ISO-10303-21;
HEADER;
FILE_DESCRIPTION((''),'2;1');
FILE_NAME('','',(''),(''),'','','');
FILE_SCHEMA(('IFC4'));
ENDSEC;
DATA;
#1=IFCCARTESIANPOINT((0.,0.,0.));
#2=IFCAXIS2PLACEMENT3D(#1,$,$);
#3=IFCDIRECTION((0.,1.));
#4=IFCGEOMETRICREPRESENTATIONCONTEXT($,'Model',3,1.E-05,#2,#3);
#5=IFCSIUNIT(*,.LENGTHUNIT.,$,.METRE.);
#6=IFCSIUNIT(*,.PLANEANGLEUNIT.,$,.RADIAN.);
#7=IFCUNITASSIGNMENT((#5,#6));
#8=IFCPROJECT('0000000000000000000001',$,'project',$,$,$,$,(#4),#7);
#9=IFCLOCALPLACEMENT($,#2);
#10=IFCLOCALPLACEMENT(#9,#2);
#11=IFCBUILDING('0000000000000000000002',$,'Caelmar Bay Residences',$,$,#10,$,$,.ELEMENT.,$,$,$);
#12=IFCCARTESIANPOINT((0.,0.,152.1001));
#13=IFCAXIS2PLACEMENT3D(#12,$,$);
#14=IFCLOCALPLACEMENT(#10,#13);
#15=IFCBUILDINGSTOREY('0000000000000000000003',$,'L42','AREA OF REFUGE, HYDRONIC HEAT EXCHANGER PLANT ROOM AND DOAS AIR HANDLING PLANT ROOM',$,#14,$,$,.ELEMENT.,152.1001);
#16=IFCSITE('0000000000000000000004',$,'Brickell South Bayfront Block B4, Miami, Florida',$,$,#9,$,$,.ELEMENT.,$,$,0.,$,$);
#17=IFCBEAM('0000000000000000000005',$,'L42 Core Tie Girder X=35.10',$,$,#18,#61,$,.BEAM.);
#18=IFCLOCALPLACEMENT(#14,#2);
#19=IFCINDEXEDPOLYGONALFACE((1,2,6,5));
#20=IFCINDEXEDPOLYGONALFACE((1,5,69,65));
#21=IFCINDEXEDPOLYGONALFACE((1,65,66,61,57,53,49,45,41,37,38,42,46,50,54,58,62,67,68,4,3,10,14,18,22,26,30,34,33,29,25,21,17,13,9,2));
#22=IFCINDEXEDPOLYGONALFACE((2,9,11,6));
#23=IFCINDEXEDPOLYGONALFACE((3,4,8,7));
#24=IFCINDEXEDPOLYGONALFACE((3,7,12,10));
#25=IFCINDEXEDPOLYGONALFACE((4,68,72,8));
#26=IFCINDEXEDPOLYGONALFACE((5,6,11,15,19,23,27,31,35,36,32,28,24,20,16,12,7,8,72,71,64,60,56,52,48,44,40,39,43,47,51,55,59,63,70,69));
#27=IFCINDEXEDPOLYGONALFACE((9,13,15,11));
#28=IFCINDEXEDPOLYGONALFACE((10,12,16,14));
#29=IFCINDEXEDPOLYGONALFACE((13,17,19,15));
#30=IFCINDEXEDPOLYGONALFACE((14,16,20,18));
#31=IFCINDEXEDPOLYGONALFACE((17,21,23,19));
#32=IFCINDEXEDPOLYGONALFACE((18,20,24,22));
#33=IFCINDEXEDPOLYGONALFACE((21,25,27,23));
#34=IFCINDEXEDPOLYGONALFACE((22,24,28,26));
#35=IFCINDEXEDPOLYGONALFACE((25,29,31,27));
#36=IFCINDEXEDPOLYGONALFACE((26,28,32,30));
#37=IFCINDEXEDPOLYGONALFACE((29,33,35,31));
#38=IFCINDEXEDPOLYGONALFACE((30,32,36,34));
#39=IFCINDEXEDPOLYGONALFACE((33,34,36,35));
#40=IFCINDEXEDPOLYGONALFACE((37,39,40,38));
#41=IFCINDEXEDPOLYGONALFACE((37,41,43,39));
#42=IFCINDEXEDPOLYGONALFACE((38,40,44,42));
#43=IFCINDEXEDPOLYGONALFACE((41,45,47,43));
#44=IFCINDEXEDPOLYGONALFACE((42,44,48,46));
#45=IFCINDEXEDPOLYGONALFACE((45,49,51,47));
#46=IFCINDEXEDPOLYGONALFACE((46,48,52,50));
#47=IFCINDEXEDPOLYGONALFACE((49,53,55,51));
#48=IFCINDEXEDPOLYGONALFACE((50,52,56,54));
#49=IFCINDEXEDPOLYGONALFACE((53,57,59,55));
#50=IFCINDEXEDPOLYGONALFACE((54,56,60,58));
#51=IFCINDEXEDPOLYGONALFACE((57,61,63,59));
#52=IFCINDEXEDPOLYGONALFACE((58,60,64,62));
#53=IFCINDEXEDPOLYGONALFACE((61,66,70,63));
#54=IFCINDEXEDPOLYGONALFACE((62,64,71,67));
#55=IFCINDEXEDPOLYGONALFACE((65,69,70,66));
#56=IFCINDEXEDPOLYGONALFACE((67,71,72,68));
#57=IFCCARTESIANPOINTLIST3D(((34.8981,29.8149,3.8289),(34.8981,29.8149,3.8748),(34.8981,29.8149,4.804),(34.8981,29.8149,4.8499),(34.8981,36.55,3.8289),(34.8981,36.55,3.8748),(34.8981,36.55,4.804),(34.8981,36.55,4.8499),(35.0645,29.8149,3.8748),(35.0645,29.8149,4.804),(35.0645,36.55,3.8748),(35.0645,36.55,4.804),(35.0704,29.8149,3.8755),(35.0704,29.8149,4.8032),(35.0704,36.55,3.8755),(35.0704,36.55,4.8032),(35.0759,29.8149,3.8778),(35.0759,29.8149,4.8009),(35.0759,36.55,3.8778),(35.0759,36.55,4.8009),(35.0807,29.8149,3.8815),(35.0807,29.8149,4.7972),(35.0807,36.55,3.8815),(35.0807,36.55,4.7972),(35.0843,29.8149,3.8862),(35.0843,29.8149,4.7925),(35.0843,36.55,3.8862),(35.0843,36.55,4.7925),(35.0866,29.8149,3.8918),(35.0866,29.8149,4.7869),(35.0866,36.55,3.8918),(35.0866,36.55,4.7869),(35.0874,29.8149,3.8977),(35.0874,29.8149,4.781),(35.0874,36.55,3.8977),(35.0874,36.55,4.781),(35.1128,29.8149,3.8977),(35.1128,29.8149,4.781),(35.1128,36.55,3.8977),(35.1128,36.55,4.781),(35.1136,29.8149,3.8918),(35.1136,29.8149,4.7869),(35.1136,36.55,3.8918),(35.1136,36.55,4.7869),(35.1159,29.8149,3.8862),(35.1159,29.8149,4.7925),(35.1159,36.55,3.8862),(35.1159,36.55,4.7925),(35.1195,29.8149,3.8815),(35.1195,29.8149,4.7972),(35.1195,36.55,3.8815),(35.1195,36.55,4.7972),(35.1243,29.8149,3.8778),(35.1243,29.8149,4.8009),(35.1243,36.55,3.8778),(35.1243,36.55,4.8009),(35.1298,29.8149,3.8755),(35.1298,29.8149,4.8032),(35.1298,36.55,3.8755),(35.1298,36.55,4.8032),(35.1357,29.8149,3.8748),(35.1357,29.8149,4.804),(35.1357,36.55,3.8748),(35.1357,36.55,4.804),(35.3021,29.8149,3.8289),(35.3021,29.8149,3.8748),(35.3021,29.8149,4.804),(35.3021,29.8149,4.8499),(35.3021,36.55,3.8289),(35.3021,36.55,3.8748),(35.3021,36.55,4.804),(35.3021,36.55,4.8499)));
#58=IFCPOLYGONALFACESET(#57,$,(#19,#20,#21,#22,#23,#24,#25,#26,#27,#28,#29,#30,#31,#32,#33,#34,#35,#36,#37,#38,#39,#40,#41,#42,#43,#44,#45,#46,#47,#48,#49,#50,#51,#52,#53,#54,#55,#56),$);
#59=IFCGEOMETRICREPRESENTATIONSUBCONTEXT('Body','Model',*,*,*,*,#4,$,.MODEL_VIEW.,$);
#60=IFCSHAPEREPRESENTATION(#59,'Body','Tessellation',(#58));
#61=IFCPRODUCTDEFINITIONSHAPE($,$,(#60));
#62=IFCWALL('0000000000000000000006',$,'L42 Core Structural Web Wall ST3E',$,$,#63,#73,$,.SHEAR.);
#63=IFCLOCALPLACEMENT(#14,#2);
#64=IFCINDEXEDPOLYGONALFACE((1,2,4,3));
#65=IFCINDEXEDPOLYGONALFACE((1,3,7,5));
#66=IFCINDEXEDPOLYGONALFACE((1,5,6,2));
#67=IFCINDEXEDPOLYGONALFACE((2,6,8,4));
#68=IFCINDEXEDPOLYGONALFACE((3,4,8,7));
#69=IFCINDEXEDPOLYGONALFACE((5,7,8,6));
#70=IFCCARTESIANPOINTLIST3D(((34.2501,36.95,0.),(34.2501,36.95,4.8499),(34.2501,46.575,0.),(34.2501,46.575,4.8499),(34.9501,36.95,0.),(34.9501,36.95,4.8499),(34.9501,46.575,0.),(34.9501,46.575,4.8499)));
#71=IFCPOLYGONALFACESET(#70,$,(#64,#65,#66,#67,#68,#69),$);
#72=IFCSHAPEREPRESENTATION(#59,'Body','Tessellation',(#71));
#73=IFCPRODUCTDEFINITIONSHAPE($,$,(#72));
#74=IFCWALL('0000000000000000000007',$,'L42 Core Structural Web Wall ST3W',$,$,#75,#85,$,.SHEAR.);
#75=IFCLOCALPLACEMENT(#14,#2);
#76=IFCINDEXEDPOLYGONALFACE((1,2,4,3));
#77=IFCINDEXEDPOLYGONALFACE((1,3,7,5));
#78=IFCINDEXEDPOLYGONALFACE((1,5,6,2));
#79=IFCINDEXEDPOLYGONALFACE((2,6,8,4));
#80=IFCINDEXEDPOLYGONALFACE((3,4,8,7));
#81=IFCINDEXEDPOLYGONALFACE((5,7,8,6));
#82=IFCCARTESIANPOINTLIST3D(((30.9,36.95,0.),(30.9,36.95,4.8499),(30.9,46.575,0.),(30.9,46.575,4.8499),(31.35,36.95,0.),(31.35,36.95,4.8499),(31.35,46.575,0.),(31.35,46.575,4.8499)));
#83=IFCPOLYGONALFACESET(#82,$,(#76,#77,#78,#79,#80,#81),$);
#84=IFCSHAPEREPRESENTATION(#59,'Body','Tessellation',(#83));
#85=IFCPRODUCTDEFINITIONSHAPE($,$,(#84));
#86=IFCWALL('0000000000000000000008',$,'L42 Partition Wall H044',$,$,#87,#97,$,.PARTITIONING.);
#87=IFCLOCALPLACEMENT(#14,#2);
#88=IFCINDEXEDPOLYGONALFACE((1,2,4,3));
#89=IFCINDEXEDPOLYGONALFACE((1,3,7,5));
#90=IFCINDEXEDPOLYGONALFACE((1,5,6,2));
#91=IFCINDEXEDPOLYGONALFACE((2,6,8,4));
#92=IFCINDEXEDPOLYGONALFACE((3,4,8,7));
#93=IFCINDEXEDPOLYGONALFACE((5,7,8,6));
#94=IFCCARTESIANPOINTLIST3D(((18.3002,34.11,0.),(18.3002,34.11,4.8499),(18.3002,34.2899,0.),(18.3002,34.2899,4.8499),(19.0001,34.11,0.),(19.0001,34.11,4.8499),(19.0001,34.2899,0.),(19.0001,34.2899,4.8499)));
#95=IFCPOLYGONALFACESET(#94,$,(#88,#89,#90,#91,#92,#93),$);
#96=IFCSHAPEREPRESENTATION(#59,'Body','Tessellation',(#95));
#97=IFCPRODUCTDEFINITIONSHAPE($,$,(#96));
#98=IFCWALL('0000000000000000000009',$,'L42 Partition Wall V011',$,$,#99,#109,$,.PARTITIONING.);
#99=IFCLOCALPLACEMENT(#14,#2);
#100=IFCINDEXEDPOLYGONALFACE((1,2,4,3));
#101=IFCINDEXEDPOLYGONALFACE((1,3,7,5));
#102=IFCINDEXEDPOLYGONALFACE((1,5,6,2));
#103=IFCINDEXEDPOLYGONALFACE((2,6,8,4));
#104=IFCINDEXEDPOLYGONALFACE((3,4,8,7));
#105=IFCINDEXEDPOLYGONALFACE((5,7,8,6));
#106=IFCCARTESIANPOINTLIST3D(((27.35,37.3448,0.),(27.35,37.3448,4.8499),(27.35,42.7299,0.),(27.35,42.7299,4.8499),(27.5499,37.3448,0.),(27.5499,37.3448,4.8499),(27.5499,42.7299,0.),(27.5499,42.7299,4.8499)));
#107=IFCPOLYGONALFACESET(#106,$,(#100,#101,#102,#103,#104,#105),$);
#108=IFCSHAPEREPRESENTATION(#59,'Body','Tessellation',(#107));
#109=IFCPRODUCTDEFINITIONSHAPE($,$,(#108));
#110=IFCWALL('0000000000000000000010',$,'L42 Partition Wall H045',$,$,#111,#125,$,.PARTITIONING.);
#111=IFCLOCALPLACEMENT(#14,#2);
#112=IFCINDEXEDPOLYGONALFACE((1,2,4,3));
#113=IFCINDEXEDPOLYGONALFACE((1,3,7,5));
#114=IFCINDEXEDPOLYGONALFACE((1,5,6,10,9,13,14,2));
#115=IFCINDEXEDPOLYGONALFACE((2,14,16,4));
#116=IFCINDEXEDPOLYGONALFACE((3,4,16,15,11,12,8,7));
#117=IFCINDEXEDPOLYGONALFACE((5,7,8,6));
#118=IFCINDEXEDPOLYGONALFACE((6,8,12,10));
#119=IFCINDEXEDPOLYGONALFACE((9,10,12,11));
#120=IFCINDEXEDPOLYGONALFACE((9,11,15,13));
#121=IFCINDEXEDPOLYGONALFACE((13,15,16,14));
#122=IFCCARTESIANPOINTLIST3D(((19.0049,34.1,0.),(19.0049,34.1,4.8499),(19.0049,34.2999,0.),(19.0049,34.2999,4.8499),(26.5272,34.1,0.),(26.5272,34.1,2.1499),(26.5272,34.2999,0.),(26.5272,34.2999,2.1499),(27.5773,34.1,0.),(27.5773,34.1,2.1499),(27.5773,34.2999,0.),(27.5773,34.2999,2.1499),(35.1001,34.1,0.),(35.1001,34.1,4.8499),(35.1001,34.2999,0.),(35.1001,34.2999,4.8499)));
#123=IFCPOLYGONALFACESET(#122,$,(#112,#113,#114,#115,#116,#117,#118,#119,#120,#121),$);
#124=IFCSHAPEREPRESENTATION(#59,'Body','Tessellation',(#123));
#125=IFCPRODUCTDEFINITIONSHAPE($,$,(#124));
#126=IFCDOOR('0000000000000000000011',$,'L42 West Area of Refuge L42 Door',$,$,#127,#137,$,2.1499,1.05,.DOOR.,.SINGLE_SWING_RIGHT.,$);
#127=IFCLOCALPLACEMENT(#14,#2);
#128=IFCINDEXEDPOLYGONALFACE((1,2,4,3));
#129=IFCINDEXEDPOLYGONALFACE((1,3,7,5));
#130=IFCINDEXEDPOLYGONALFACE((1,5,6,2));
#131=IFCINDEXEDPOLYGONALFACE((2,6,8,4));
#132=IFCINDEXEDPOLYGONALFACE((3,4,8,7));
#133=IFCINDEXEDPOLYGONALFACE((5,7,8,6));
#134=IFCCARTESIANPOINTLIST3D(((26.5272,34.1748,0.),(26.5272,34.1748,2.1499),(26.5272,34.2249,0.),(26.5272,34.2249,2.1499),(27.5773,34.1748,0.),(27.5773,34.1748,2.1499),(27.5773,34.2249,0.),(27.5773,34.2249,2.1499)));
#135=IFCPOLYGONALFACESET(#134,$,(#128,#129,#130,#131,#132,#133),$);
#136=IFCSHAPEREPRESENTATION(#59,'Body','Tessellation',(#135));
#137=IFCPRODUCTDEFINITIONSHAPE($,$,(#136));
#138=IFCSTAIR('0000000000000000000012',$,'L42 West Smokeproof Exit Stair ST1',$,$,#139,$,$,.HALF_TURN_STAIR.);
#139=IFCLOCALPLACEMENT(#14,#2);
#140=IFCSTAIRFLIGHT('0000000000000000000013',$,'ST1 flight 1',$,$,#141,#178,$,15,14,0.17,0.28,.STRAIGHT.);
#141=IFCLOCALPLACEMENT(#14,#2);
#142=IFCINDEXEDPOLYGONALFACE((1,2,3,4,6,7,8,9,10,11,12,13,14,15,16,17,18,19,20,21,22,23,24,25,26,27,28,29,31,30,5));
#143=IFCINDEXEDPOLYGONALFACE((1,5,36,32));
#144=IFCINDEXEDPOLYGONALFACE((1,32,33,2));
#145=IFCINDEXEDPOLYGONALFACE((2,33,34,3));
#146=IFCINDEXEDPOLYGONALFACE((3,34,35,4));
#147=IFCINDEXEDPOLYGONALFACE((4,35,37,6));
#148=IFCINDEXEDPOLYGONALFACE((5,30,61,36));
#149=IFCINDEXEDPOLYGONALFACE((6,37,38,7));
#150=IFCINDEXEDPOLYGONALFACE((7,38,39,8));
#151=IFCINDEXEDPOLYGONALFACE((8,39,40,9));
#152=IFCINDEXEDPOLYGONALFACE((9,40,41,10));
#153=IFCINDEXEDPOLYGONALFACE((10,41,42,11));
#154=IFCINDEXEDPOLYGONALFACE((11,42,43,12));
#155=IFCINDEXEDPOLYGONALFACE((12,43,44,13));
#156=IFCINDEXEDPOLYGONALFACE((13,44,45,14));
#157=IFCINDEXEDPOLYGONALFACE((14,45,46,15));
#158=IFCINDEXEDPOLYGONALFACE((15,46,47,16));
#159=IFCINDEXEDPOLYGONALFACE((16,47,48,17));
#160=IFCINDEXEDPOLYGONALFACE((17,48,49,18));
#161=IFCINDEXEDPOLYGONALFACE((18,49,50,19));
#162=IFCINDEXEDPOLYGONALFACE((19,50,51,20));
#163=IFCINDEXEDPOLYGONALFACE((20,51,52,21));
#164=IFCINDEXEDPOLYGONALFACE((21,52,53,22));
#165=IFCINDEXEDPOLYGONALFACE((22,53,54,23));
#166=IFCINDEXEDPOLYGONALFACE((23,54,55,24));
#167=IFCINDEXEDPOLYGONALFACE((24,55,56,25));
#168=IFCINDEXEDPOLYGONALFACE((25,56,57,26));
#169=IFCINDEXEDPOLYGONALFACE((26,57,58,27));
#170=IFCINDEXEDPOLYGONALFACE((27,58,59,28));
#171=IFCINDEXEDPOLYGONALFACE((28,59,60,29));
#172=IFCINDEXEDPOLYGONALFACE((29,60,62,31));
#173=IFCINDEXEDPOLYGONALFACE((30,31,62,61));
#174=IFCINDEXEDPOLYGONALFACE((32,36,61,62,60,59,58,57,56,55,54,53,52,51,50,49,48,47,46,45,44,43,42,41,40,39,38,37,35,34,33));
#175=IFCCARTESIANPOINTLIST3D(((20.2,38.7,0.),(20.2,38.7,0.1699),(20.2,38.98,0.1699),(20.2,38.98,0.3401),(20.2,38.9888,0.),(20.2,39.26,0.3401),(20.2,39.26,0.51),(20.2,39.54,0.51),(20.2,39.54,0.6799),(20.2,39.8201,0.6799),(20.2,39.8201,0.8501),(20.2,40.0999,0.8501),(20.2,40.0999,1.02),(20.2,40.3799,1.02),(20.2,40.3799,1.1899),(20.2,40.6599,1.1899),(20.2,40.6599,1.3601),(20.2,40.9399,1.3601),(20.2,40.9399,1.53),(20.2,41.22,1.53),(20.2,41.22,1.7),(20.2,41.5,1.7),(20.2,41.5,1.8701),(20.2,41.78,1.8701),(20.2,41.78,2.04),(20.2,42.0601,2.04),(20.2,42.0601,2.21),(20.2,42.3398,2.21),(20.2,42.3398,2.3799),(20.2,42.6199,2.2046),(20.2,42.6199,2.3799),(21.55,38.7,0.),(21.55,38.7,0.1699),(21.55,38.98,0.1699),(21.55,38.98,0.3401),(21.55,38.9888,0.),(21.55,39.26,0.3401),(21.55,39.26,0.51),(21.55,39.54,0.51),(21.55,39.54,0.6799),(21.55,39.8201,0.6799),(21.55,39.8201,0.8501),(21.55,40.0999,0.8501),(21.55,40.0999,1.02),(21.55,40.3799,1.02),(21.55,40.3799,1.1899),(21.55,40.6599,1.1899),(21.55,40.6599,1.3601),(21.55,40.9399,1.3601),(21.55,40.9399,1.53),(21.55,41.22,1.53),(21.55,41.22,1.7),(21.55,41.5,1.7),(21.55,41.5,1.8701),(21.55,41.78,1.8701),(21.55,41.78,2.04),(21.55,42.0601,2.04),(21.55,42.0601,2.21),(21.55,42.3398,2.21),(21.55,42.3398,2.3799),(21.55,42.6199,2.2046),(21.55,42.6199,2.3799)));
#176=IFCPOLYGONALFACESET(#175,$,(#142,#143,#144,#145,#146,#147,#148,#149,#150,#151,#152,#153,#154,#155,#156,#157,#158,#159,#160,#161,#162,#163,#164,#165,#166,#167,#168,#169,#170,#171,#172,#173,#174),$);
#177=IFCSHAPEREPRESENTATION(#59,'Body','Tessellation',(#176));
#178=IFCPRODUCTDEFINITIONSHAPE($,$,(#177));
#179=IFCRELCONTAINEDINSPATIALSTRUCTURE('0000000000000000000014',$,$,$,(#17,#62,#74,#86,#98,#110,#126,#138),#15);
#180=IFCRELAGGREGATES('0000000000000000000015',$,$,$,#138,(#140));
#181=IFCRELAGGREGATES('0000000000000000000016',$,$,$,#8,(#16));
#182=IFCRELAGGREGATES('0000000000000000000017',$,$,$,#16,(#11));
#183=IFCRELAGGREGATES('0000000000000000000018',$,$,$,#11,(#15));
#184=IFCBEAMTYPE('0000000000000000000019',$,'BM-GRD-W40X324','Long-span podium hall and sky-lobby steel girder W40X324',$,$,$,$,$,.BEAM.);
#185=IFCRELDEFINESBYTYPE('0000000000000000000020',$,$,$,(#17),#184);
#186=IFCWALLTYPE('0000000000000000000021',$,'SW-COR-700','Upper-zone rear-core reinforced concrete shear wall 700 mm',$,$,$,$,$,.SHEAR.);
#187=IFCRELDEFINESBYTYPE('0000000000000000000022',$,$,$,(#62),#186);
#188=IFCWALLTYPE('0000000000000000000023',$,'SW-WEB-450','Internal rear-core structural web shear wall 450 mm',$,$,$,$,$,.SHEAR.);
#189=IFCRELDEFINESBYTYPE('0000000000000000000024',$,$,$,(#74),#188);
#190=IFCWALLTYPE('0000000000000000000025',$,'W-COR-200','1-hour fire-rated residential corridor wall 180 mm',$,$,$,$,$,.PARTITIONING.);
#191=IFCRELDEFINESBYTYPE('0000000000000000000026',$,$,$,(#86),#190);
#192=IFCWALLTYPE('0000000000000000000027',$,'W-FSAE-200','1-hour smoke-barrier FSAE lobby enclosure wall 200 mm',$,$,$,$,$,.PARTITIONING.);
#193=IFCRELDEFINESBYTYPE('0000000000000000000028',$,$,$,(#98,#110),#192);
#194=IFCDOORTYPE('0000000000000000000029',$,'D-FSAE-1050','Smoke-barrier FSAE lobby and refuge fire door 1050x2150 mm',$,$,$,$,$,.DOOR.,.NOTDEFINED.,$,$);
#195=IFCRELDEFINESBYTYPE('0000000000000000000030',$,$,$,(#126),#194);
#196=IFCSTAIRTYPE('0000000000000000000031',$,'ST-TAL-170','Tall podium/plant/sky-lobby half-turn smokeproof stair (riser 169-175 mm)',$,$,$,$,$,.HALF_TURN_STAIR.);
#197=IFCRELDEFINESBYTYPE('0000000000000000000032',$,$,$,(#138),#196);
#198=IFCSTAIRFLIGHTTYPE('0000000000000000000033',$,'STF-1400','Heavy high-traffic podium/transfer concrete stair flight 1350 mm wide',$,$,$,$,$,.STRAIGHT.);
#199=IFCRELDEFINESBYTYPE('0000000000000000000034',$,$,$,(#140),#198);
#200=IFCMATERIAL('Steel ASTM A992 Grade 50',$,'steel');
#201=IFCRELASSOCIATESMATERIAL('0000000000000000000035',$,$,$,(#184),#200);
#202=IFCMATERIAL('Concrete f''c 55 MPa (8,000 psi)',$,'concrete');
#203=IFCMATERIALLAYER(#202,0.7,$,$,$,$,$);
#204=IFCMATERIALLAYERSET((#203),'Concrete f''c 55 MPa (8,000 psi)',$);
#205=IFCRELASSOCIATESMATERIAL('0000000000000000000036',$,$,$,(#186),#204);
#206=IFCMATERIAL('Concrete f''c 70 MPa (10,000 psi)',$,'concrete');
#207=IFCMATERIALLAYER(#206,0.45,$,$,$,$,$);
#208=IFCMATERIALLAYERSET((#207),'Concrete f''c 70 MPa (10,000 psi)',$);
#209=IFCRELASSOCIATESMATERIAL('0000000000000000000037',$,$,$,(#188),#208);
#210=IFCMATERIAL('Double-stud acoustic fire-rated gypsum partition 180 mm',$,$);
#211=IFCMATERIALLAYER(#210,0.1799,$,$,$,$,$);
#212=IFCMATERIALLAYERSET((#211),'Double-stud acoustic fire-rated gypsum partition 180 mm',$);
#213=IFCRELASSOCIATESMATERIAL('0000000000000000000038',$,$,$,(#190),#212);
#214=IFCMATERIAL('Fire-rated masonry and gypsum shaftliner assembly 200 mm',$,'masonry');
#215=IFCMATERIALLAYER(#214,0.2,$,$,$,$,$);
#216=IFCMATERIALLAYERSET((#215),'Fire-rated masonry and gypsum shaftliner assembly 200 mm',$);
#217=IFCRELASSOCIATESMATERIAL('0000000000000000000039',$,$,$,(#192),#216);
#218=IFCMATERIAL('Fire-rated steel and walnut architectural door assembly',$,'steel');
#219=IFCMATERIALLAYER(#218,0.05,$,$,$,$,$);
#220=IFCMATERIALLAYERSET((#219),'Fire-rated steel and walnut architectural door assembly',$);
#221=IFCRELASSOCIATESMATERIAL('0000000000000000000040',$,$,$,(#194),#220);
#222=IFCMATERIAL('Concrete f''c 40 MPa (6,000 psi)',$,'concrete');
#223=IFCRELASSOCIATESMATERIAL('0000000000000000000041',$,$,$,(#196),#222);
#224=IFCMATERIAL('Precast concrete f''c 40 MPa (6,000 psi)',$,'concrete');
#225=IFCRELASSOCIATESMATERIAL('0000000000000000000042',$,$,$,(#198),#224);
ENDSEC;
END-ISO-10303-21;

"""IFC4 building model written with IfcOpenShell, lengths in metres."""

from ifc_helpers import new_model, si_unit, direction, frame, frame_2d, origin, origin_2d, place, context, subcontext, project, spatial, polyline, rectangle, i_section, outline, extrude, material, layer, layer_set, material_profile, profile_set, type_object, element, fill, aggregate, save


model = new_model("IFC4")

# Units and contexts
model_context = context("Model", 3, precision=1e-05, world=origin(), true_north=direction((0.0, 1.0)))
body_context = subcontext(model_context, "Body", "Model", "MODEL_VIEW")
ifc_project = project(units=[si_unit("LENGTHUNIT", "METRE"), si_unit("PLANEANGLEUNIT", "RADIAN")], contexts=[model_context])

# Site, building, storey
site_placement = place(None, origin())
site = spatial("IfcSite", under=ifc_project, at=site_placement, Name="Brickell South Bayfront Block B4, Miami, Florida", CompositionType="ELEMENT", RefElevation=0.0)
building_placement = place(site_placement, origin())
building = spatial("IfcBuilding", under=site, at=building_placement, Name="Caelmar Bay Residences", CompositionType="ELEMENT")
storey_placement = place(building_placement, frame((0.0, 0.0, 152.1001)))
storey = spatial("IfcBuildingStorey", under=building, at=storey_placement, Name="L42", Description="AREA OF REFUGE, HYDRONIC HEAT EXCHANGER PLANT ROOM AND DOAS AIR HANDLING PLANT ROOM", CompositionType="ELEMENT", Elevation=152.1001)

# Beam
ifc_material_1 = material(Name="Steel ASTM A992 Grade 50", Category="steel")
ifc_material_profile = material_profile(ifc_material_1, i_section(OverallWidth=0.4041, OverallDepth=1.021, WebThickness=0.0254, FlangeThickness=0.0459, FilletRadius=0.0229, at=origin_2d()), Name="W40X324")
ifc_profile_set = profile_set([ifc_material_profile], Name="Steel ASTM A992 Grade 50")
beam_type = type_object("IfcBeamType", Name="BM-GRD-W40X324", Description="Long-span podium hall and sky-lobby steel girder W40X324", PredefinedType="BEAM", material=ifc_profile_set)
beam_placement = place(storey_placement, frame((35.1001, 29.8149, 4.3394), z_axis=(0.0, 1.0, 0.0), x_axis=(-1.0, 0.0, 0.0)))
element("IfcBeam", 1, at=beam_placement, inside=storey, type_object=beam_type, Name="L42 Core Tie Girder X=35.10", PredefinedType="BEAM", context=body_context, shape_type="SweptSolid", body=[
    extrude(i_section(OverallWidth=0.4041, OverallDepth=1.021, WebThickness=0.0254, FlangeThickness=0.0459, FilletRadius=0.0229, at=origin_2d()), origin(), (0.0, 0.0, 1.0), 6.7351),
])

# Shared definitions
ifc_material_2 = material(Name="Concrete f'c 55 MPa (8,000 psi)", Category="concrete")
ifc_layer_1 = layer(ifc_material_2, 0.7)
ifc_layer_set_1 = layer_set([ifc_layer_1], Name="Concrete f'c 55 MPa (8,000 psi)")
wall_type_1 = type_object("IfcWallType", Name="SW-COR-700", Description="Upper-zone rear-core reinforced concrete shear wall 700 mm", PredefinedType="SHEAR", material=ifc_layer_set_1)
ifc_material_3 = material(Name="Fire-rated steel and walnut architectural door assembly", Category="steel")

# Walls
wall_1_placement = place(storey_placement, frame((34.6001, 36.95, 0.0), z_axis=(0.0, 0.0, 1.0), x_axis=(0.0, 1.0, 0.0)))
element("IfcWall", 2, at=wall_1_placement, inside=storey, type_object=wall_type_1, Name="L42 Core Structural Web Wall ST3E", PredefinedType="SHEAR", context=body_context, shape_type="SweptSolid", body=[
    extrude(rectangle(XDim=9.625, YDim=0.7, at=frame_2d((4.8125, 0.0))), origin(), (0.0, 0.0, 1.0), 4.8499),
])
ifc_material_4 = material(Name="Concrete f'c 70 MPa (10,000 psi)", Category="concrete")
ifc_layer_2 = layer(ifc_material_4, 0.45)
ifc_layer_set_2 = layer_set([ifc_layer_2], Name="Concrete f'c 70 MPa (10,000 psi)")
wall_type_2 = type_object("IfcWallType", Name="SW-WEB-450", Description="Internal rear-core structural web shear wall 450 mm", PredefinedType="SHEAR", material=ifc_layer_set_2)
wall_2_placement = place(storey_placement, frame((31.125, 36.95, 0.0), z_axis=(0.0, 0.0, 1.0), x_axis=(0.0, 1.0, 0.0)))
element("IfcWall", 3, at=wall_2_placement, inside=storey, type_object=wall_type_2, Name="L42 Core Structural Web Wall ST3W", PredefinedType="SHEAR", context=body_context, shape_type="SweptSolid", body=[
    extrude(rectangle(XDim=9.625, YDim=0.45, at=frame_2d((4.8125, 0.0))), origin(), (0.0, 0.0, 1.0), 4.8499),
])
ifc_material_5 = material(Name="Double-stud acoustic fire-rated gypsum partition 180 mm")
ifc_layer_3 = layer(ifc_material_5, 0.1799)
ifc_layer_set_3 = layer_set([ifc_layer_3], Name="Double-stud acoustic fire-rated gypsum partition 180 mm")
wall_type_3 = type_object("IfcWallType", Name="W-COR-200", Description="1-hour fire-rated residential corridor wall 180 mm", PredefinedType="PARTITIONING", material=ifc_layer_set_3)
wall_3_placement = place(storey_placement, frame((18.3, 34.2, 0.0), z_axis=(0.0, 0.0, 1.0), x_axis=(1.0, 0.0, 0.0)))
element("IfcWall", 4, at=wall_3_placement, inside=storey, type_object=wall_type_3, Name="L42 Partition Wall H044", PredefinedType="PARTITIONING", context=body_context, shape_type="SweptSolid", body=[
    extrude(rectangle(XDim=0.7, YDim=0.1799, at=frame_2d((0.3501, 0.0))), origin(), (0.0, 0.0, 1.0), 4.8499),
])
ifc_material_6 = material(Name="Fire-rated masonry and gypsum shaftliner assembly 200 mm", Category="masonry")
ifc_layer_4 = layer(ifc_material_6, 0.2)
ifc_layer_set_4 = layer_set([ifc_layer_4], Name="Fire-rated masonry and gypsum shaftliner assembly 200 mm")
wall_type_4 = type_object("IfcWallType", Name="W-FSAE-200", Description="1-hour smoke-barrier FSAE lobby enclosure wall 200 mm", PredefinedType="PARTITIONING", material=ifc_layer_set_4)
wall_4_placement = place(storey_placement, frame((27.45, 37.345, 0.0), z_axis=(0.0, 0.0, 1.0), x_axis=(0.0, 1.0, 0.0)))
element("IfcWall", 5, at=wall_4_placement, inside=storey, type_object=wall_type_4, Name="L42 Partition Wall V011", PredefinedType="PARTITIONING", context=body_context, shape_type="SweptSolid", body=[
    extrude(rectangle(XDim=5.385, YDim=0.2, at=frame_2d((2.6924, 0.0))), origin(), (0.0, 0.0, 1.0), 4.8499),
])

# Wall, opening, door
wall_5_placement = place(storey_placement, frame((19.0049, 34.2, 0.0), z_axis=(0.0, 0.0, 1.0), x_axis=(1.0, 0.0, 0.0)))
wall_5 = element("IfcWall", 6, at=wall_5_placement, inside=storey, type_object=wall_type_4, Name="L42 Partition Wall H045", PredefinedType="PARTITIONING", context=body_context, shape_type="SweptSolid", body=[
    extrude(rectangle(XDim=16.0952, YDim=0.2, at=frame_2d((8.0476, 0.0))), origin(), (0.0, 0.0, 1.0), 4.8499),
])
opening_1_placement = place(wall_5_placement, frame((7.5225, 0.0, 0.0)))
opening_1 = element("IfcOpeningElement", 7, at=opening_1_placement, cuts=wall_5, PredefinedType="OPENING", context=body_context, shape_type="SweptSolid", body=[
    extrude(rectangle(XDim=1.05, YDim=2.1499, at=frame_2d((0.5249, 1.075))), frame((0.0, 0.1099, 0.0), z_axis=(0.0, -1.0, 0.0), x_axis=(1.0, 0.0, 0.0)), (0.0, 0.0, 1.0), 0.22),
])
ifc_layer_5 = layer(ifc_material_3, 0.05)
ifc_layer_set_5 = layer_set([ifc_layer_5], Name="Fire-rated steel and walnut architectural door assembly")
door_type_1 = type_object("IfcDoorType", Name="D-FSAE-1050", Description="Smoke-barrier FSAE lobby and refuge fire door 1050x2150 mm", OperationType="NOTDEFINED", PredefinedType="DOOR", material=ifc_layer_set_5)
door_1_placement = place(opening_1_placement, origin())
door_1 = element("IfcDoor", 8, at=door_1_placement, inside=storey, type_object=door_type_1, Name="L42 West Area of Refuge L42 Door", OperationType="SINGLE_SWING_RIGHT", OverallHeight=2.1499, OverallWidth=1.05, PredefinedType="DOOR", context=body_context, shape_type="SweptSolid", body=[
    extrude(rectangle(XDim=1.05, YDim=2.1499, at=frame_2d((0.5249, 1.075))), frame((0.0, 0.0249, 0.0), z_axis=(0.0, -1.0, 0.0), x_axis=(1.0, 0.0, 0.0)), (0.0, 0.0, 1.0), 0.05),
])
fill(opening_1, door_1)

# Stair, stair flight
ifc_material_7 = material(Name="Concrete f'c 40 MPa (6,000 psi)", Category="concrete")
stair_type = type_object("IfcStairType", Name="ST-TAL-170", Description="Tall podium/plant/sky-lobby half-turn smokeproof stair (riser 169-175 mm)", PredefinedType="HALF_TURN_STAIR", material=ifc_material_7)
stair_1_placement = place(storey_placement, origin())
stair_1 = element("IfcStair", 9, at=stair_1_placement, inside=storey, type_object=stair_type, Name="L42 West Smokeproof Exit Stair ST1", PredefinedType="HALF_TURN_STAIR")
ifc_material_8 = material(Name="Precast concrete f'c 40 MPa (6,000 psi)", Category="concrete")
stair_flight_type = type_object("IfcStairFlightType", Name="STF-1400", Description="Heavy high-traffic podium/transfer concrete stair flight 1350 mm wide", PredefinedType="STRAIGHT", material=ifc_material_8)
stair_flight_1_placement = place(storey_placement, frame((20.875, 38.7, 0.0), z_axis=(0.0, 0.0, 1.0), x_axis=(0.0, 1.0, 0.0)))
stair_flight_1 = element("IfcStairFlight", 10, at=stair_flight_1_placement, type_object=stair_flight_type, Name="ST1 flight 1", NumberOfRisers=15, NumberOfTreads=14, PredefinedType="STRAIGHT", RiserHeight=0.17, TreadLength=0.28, context=body_context, shape_type="SweptSolid", body=[
    extrude(outline(polyline([(0.0, 0.0), (0.0, 0.1699), (0.28, 0.1699), (0.28, 0.3401), (0.5601, 0.3401), (0.5601, 0.51), (0.8401, 0.51), (0.8401, 0.6799), (1.1201, 0.6799), (1.1201, 0.8501), (1.3999, 0.8501), (1.3999, 1.02), (1.6799, 1.02), (1.6799, 1.1899), (1.96, 1.1899), (1.96, 1.3601), (2.24, 1.3601), (2.24, 1.53), (2.52, 1.53), (2.52, 1.7), (2.8, 1.7), (2.8, 1.8701), (3.0801, 1.8701), (3.0801, 2.04), (3.3601, 2.04), (3.3601, 2.21), (3.6399, 2.21), (3.6399, 2.3799), (3.9199, 2.3799), (3.9199, 2.55), (3.9199, 2.2046), (0.2888, 0.0), (0.0, 0.0)])), frame((0.0, 0.675, 0.0), z_axis=(0.0, -1.0, 0.0), x_axis=(1.0, 0.0, 0.0)), (0.0, 0.0, 1.0), 1.3501),
])
aggregate(stair_1, [stair_flight_1])

save(model, "model.ifc")
